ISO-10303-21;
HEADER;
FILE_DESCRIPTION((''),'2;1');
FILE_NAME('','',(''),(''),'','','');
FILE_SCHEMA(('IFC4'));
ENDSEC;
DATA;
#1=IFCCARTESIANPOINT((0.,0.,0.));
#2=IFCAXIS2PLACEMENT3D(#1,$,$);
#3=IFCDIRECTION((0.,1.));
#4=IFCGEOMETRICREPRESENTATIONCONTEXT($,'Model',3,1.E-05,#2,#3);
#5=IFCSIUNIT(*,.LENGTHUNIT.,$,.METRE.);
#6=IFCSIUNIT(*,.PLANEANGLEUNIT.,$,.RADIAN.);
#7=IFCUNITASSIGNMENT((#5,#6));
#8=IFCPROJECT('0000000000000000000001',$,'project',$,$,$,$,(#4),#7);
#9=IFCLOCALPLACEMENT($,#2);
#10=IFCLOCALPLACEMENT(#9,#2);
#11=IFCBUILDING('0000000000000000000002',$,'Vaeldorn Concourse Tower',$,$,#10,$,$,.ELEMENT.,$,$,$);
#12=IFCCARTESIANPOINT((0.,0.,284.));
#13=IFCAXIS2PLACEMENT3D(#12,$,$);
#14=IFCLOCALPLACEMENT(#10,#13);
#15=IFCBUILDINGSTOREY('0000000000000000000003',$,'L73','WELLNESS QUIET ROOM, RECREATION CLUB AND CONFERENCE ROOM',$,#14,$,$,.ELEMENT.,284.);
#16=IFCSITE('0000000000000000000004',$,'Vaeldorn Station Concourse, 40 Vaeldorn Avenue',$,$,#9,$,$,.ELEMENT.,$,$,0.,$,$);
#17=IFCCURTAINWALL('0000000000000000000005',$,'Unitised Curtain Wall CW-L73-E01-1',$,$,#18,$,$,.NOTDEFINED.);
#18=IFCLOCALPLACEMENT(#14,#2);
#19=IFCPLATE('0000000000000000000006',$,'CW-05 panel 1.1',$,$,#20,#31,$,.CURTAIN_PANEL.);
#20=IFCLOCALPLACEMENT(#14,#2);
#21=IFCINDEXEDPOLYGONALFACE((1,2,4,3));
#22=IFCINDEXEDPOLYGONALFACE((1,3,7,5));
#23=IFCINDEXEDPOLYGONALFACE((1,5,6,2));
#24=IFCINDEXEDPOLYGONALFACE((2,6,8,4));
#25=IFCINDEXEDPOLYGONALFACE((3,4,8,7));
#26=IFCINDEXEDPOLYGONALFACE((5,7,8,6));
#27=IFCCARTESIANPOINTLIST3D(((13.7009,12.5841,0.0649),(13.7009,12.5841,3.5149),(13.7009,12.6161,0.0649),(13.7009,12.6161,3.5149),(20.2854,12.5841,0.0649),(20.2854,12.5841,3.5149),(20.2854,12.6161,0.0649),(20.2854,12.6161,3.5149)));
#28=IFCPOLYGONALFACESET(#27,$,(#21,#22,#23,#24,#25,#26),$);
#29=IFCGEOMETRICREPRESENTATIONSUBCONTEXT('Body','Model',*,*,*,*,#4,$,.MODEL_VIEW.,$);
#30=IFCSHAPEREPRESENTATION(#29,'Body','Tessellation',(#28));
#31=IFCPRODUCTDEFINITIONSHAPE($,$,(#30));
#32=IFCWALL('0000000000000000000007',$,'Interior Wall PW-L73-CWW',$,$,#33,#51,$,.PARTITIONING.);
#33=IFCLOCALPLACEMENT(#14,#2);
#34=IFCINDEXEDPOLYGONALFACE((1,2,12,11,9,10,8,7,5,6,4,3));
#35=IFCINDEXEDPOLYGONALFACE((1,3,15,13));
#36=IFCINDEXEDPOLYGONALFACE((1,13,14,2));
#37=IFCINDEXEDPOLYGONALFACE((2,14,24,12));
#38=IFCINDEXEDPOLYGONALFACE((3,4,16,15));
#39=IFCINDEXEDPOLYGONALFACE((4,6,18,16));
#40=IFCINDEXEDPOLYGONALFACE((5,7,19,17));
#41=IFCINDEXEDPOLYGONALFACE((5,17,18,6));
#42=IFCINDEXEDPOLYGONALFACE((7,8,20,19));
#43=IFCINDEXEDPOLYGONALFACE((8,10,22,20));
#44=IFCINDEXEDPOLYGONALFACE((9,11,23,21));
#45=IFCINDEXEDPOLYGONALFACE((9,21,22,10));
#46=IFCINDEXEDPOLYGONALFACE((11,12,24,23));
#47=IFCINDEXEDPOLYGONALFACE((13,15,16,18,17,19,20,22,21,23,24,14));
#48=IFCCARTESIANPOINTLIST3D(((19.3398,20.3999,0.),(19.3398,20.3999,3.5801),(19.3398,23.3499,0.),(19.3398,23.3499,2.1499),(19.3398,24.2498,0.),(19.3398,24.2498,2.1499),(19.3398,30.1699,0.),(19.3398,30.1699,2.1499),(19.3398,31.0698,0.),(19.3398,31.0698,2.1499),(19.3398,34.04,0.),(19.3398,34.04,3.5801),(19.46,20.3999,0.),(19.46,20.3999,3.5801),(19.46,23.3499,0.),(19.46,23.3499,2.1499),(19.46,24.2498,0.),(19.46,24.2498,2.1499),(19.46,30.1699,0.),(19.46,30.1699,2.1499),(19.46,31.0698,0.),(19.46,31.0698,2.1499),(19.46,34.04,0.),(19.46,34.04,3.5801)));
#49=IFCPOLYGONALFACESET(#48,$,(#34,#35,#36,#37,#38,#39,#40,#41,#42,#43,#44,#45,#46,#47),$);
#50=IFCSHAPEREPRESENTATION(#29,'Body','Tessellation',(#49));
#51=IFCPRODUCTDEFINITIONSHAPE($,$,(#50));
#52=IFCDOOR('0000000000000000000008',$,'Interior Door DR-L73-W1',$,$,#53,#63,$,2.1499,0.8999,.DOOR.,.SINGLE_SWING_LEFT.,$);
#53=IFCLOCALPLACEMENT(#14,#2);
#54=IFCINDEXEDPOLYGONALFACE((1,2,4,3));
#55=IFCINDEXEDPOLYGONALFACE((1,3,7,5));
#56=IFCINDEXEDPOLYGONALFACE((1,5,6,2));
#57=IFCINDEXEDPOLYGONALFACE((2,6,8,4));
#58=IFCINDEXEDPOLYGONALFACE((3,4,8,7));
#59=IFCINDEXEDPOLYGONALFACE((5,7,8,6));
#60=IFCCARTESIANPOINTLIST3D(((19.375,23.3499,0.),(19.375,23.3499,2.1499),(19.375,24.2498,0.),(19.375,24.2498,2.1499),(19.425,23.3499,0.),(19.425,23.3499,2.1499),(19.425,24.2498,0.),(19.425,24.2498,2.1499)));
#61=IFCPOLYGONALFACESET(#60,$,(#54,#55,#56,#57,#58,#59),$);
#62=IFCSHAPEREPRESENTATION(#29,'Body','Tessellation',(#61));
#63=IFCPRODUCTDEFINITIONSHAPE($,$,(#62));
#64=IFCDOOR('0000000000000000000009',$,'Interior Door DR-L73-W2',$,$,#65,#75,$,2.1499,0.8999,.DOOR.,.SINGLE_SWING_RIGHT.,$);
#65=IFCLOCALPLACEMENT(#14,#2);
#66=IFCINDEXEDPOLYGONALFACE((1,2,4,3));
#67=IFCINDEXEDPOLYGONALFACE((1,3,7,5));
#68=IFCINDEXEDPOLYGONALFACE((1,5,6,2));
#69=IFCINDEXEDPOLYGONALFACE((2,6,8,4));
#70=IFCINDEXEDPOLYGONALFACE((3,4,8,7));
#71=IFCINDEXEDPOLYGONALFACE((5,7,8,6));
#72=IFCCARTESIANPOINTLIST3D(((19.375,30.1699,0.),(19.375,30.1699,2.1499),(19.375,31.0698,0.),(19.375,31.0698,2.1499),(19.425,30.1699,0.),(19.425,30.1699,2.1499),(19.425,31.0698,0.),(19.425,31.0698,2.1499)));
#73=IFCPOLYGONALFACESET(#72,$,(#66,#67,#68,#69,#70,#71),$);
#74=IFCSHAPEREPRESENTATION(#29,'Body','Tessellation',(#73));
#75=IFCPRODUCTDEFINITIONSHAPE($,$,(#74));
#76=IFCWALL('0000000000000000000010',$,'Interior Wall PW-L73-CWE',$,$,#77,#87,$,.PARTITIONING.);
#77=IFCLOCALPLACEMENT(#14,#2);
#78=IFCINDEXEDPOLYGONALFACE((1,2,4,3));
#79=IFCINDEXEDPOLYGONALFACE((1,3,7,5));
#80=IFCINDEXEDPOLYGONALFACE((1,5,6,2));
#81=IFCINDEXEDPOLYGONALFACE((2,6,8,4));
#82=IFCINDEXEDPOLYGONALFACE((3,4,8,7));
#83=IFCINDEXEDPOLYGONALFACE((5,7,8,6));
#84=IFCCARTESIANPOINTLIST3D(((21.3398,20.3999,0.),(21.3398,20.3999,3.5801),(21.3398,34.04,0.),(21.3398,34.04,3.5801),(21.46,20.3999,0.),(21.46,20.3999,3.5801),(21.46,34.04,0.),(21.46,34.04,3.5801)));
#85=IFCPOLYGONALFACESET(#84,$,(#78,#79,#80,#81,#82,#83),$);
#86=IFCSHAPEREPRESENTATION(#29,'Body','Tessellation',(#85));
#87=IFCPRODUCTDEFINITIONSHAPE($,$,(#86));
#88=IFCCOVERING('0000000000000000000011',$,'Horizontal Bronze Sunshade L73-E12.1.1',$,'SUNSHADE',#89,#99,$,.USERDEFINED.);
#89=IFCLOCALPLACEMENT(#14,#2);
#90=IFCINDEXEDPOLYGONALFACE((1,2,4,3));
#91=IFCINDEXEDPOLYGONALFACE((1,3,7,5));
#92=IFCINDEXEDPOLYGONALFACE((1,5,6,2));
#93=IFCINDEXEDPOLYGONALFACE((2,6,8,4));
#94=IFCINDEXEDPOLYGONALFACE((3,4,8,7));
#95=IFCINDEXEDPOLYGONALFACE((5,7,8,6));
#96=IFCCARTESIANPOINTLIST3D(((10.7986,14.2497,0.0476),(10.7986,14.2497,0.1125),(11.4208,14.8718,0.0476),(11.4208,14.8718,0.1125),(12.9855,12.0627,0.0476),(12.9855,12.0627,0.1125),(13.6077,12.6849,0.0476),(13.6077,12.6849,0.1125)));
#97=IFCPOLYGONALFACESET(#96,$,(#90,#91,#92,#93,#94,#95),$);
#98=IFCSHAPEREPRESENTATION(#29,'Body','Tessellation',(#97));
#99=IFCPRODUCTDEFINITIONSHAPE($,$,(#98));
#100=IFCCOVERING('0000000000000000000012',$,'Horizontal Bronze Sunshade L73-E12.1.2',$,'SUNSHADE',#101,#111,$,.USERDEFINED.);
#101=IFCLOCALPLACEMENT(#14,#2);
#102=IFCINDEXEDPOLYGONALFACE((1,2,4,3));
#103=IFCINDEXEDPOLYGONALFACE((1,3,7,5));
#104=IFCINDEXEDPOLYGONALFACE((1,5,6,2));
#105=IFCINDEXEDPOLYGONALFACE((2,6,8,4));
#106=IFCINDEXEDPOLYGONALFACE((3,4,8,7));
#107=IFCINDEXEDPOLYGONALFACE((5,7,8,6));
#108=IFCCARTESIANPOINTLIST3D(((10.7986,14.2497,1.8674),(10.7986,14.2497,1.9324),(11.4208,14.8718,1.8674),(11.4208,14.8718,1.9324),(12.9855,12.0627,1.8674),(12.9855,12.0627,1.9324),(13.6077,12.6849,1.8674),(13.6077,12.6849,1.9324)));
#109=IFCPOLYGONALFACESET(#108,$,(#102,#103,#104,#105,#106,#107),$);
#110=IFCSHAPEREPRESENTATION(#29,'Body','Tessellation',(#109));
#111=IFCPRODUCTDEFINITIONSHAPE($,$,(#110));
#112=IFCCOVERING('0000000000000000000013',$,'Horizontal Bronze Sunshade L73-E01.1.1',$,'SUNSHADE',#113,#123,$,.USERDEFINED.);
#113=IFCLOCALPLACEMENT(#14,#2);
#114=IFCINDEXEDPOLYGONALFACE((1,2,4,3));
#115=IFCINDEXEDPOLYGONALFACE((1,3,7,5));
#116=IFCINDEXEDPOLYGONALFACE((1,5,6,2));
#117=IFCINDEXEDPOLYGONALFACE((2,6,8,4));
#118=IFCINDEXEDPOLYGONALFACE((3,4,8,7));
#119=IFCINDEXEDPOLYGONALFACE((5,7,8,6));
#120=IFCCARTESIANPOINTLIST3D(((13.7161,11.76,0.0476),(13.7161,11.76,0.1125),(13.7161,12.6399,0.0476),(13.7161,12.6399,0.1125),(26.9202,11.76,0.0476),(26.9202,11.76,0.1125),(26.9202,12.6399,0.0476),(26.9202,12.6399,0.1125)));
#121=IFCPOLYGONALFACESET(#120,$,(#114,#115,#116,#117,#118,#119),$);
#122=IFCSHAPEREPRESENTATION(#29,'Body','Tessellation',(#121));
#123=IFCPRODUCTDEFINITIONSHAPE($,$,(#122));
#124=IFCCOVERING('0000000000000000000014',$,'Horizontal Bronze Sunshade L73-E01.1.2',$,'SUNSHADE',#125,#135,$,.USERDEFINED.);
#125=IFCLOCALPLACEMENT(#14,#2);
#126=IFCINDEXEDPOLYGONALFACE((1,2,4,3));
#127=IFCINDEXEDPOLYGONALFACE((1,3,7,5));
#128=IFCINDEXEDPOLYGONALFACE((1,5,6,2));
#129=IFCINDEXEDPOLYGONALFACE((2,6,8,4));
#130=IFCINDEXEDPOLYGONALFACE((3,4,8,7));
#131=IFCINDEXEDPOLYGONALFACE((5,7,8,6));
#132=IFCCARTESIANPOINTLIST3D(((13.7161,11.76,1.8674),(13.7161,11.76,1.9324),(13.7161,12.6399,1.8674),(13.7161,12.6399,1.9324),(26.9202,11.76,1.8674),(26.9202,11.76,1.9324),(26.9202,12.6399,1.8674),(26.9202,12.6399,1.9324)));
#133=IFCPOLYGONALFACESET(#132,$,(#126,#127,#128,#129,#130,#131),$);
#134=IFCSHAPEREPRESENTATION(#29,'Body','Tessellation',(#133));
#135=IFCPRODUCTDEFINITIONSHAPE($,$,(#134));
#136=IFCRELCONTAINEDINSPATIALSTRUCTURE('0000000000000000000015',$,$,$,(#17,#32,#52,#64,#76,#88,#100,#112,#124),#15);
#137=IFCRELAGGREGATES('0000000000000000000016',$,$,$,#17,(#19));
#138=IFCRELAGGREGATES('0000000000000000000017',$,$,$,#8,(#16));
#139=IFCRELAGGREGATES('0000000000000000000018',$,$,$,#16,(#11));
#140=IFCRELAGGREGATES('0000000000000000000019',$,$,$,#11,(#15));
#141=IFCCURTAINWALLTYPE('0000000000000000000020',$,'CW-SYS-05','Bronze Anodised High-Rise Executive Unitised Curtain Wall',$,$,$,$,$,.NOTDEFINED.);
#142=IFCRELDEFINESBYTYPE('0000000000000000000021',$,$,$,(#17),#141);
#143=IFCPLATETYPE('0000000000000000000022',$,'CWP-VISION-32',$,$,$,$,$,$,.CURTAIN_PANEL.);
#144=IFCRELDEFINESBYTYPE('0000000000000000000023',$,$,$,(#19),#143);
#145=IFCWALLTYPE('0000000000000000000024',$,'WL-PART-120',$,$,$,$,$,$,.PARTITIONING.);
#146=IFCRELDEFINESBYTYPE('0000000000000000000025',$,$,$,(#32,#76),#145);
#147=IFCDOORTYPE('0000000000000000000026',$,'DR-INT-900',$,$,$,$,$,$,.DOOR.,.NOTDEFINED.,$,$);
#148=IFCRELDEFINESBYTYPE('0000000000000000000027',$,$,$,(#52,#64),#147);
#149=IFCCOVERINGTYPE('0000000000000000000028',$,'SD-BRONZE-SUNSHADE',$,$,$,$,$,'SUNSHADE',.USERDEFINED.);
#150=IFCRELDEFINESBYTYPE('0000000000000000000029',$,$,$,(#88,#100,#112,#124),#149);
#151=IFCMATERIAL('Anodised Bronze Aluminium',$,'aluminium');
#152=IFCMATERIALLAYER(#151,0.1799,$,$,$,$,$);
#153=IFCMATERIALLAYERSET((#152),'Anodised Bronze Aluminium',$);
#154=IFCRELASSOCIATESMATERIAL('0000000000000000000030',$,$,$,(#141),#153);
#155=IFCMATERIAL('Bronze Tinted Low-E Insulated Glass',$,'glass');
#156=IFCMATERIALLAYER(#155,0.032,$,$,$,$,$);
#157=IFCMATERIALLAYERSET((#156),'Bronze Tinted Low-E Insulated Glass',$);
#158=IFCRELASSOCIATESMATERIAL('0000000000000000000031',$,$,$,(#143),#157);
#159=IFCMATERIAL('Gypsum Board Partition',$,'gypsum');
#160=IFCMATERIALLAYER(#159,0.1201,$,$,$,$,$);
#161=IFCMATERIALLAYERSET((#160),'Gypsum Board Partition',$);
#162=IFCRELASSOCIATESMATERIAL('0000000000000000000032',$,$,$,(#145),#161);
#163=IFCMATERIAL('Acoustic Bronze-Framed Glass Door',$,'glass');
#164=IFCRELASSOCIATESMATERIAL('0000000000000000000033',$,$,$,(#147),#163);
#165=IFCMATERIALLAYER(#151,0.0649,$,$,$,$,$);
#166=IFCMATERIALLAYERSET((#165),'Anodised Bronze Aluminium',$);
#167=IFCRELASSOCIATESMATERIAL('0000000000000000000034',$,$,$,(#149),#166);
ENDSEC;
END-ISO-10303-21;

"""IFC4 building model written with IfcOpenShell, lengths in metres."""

from ifc_helpers import new_model, si_unit, direction, frame, frame_2d, origin, origin_2d, place, context, subcontext, project, spatial, rectangle, extrude, source, transform, mapped, material, layer, layer_set, type_object, element, fill, aggregate, save


model = new_model("IFC4")

# Units and contexts
model_context = context("Model", 3, precision=1e-05, world=origin(), true_north=direction((0.0, 1.0)))
body_context = subcontext(model_context, "Body", "Model", "MODEL_VIEW")
ifc_project = project(units=[si_unit("LENGTHUNIT", "METRE"), si_unit("PLANEANGLEUNIT", "RADIAN")], contexts=[model_context])

# Site, building, storey
site_placement = place(None, origin())
site = spatial("IfcSite", under=ifc_project, at=site_placement, Name="Vaeldorn Station Concourse, 40 Vaeldorn Avenue", CompositionType="ELEMENT", RefElevation=0.0)
building_placement = place(site_placement, origin())
building = spatial("IfcBuilding", under=site, at=building_placement, Name="Vaeldorn Concourse Tower", CompositionType="ELEMENT")
storey_placement = place(building_placement, frame((0.0, 0.0, 284.0)))
storey = spatial("IfcBuildingStorey", under=building, at=storey_placement, Name="L73", Description="WELLNESS QUIET ROOM, RECREATION CLUB AND CONFERENCE ROOM", CompositionType="ELEMENT", Elevation=284.0)

# Curtain wall
ifc_material_1 = material(Name="Anodised Bronze Aluminium", Category="aluminium")
ifc_layer_1 = layer(ifc_material_1, 0.1799)
ifc_layer_set_1 = layer_set([ifc_layer_1], Name="Anodised Bronze Aluminium")
curtain_wall_type = type_object("IfcCurtainWallType", Name="CW-SYS-05", Description="Bronze Anodised High-Rise Executive Unitised Curtain Wall", PredefinedType="NOTDEFINED", material=ifc_layer_set_1)
curtain_wall_1_placement = place(storey_placement, origin())
curtain_wall_1 = element("IfcCurtainWall", 1, at=curtain_wall_1_placement, inside=storey, type_object=curtain_wall_type, Name="Unitised Curtain Wall CW-L73-E01-1", PredefinedType="NOTDEFINED")

# Plate
ifc_material_2 = material(Name="Bronze Tinted Low-E Insulated Glass", Category="glass")
ifc_layer_2 = layer(ifc_material_2, 0.032)
ifc_layer_set_2 = layer_set([ifc_layer_2], Name="Bronze Tinted Low-E Insulated Glass")
plate_type = type_object("IfcPlateType", Name="CWP-VISION-32", PredefinedType="CURTAIN_PANEL", material=ifc_layer_set_2)
shared_shape_1 = source(origin(), body_context, "Body", "SweptSolid", [
    extrude(rectangle(XDim=6.5845, YDim=0.032, at=origin_2d()), origin(), (0.0, 0.0, 1.0), 3.45),
])
plate_1_placement = place(storey_placement, frame((16.9932, 12.6001, 0.0649), z_axis=(0.0, 0.0, 1.0), x_axis=(1.0, 0.0, 0.0)))
plate_1 = element("IfcPlate", 2, at=plate_1_placement, type_object=plate_type, Name="CW-05 panel 1.1", PredefinedType="CURTAIN_PANEL", context=body_context, shape_type="MappedRepresentation", body=[
    mapped(shared_shape_1, transform((0.0, 0.0, 0.0), scale=1.0)),
])
aggregate(curtain_wall_1, [plate_1])

# Wall, openings, doors
ifc_material_3 = material(Name="Gypsum Board Partition", Category="gypsum")
ifc_layer_3 = layer(ifc_material_3, 0.1201)
ifc_layer_set_3 = layer_set([ifc_layer_3], Name="Gypsum Board Partition")
wall_type = type_object("IfcWallType", Name="WL-PART-120", PredefinedType="PARTITIONING", material=ifc_layer_set_3)
wall_1_placement = place(storey_placement, frame((19.3999, 20.3999, 0.0), z_axis=(0.0, 0.0, 1.0), x_axis=(0.0, 1.0, 0.0)))
wall_1 = element("IfcWall", 3, at=wall_1_placement, inside=storey, type_object=wall_type, Name="Interior Wall PW-L73-CWW", PredefinedType="PARTITIONING", context=body_context, shape_type="SweptSolid", body=[
    extrude(rectangle(XDim=13.6401, YDim=0.1201, at=frame_2d((6.8201, 0.0))), origin(), (0.0, 0.0, 1.0), 3.5801),
])
opening_1_placement = place(wall_1_placement, frame((2.95, 0.0, 0.0)))
opening_1 = element("IfcOpeningElement", 4, at=opening_1_placement, cuts=wall_1, PredefinedType="OPENING", context=body_context, shape_type="SweptSolid", body=[
    extrude(rectangle(XDim=0.8999, YDim=2.1499, at=frame_2d((0.45, 1.075))), frame((0.0, 0.0701, 0.0), z_axis=(0.0, -1.0, 0.0), x_axis=(1.0, 0.0, 0.0)), (0.0, 0.0, 1.0), 0.1401),
])
opening_2_placement = place(wall_1_placement, frame((9.77, 0.0, 0.0)))
opening_2 = element("IfcOpeningElement", 5, at=opening_2_placement, cuts=wall_1, PredefinedType="OPENING", context=body_context, shape_type="SweptSolid", body=[
    extrude(rectangle(XDim=0.8999, YDim=2.1499, at=frame_2d((0.45, 1.075))), frame((0.0, 0.0701, 0.0), z_axis=(0.0, -1.0, 0.0), x_axis=(1.0, 0.0, 0.0)), (0.0, 0.0, 1.0), 0.1401),
])
ifc_material_4 = material(Name="Acoustic Bronze-Framed Glass Door", Category="glass")
door_type = type_object("IfcDoorType", Name="DR-INT-900", OperationType="NOTDEFINED", PredefinedType="DOOR", material=ifc_material_4)
shared_shape_2 = source(origin(), body_context, "Body", "SweptSolid", [
    extrude(rectangle(XDim=0.8999, YDim=2.1499, at=frame_2d((0.45, 1.075))), frame((0.0, 0.0249, 0.0), z_axis=(0.0, -1.0, 0.0), x_axis=(1.0, 0.0, 0.0)), (0.0, 0.0, 1.0), 0.05),
])
door_1_placement = place(opening_1_placement, origin())
door_1 = element("IfcDoor", 6, at=door_1_placement, inside=storey, type_object=door_type, Name="Interior Door DR-L73-W1", OperationType="SINGLE_SWING_LEFT", OverallHeight=2.1499, OverallWidth=0.8999, PredefinedType="DOOR", context=body_context, shape_type="MappedRepresentation", body=[
    mapped(shared_shape_2, transform((0.0, 0.0, 0.0), scale=1.0)),
])
fill(opening_1, door_1)
door_2_placement = place(opening_2_placement, origin())
door_2 = element("IfcDoor", 7, at=door_2_placement, inside=storey, type_object=door_type, Name="Interior Door DR-L73-W2", OperationType="SINGLE_SWING_RIGHT", OverallHeight=2.1499, OverallWidth=0.8999, PredefinedType="DOOR", context=body_context, shape_type="MappedRepresentation", body=[
    mapped(shared_shape_2, transform((0.0, 0.0, 0.0), scale=1.0)),
])
fill(opening_2, door_2)

# Wall
wall_2_placement = place(storey_placement, frame((21.3999, 20.3999, 0.0), z_axis=(0.0, 0.0, 1.0), x_axis=(0.0, 1.0, 0.0)))
element("IfcWall", 8, at=wall_2_placement, inside=storey, type_object=wall_type, Name="Interior Wall PW-L73-CWE", PredefinedType="PARTITIONING", context=body_context, shape_type="SweptSolid", body=[
    extrude(rectangle(XDim=13.6401, YDim=0.1201, at=frame_2d((6.8201, 0.0))), origin(), (0.0, 0.0, 1.0), 3.5801),
])

# Coverings
ifc_layer_4 = layer(ifc_material_1, 0.0649)
ifc_layer_set_4 = layer_set([ifc_layer_4], Name="Anodised Bronze Aluminium")
covering_type = type_object("IfcCoveringType", Name="SD-BRONZE-SUNSHADE", ElementType="SUNSHADE", PredefinedType="USERDEFINED", material=ifc_layer_set_4)
shared_shape_3 = source(origin(), body_context, "Body", "SweptSolid", [
    extrude(rectangle(XDim=3.0928, YDim=0.8799, at=origin_2d()), origin(), (0.0, 0.0, 1.0), 0.0649),
])
for number, where, z_axis, x_axis, name in (
    (9, (12.2031, 13.4673, 0.0476), (0.0, 0.0, 1.0), (0.707107, -0.707107, 0.0), "Horizontal Bronze Sunshade L73-E12.1.1"),
    (10, (12.2031, 13.4673, 1.8674), (0.0, 0.0, 1.0), (0.707107, -0.707107, 0.0), "Horizontal Bronze Sunshade L73-E12.1.2"),
):
    element("IfcCovering", number, at=place(storey_placement, frame(where, z_axis=z_axis, x_axis=x_axis)), inside=storey, type_object=covering_type, Name=name, ObjectType="SUNSHADE", PredefinedType="USERDEFINED", context=body_context, shape_type="MappedRepresentation", body=[
        mapped(shared_shape_3, transform((0.0, 0.0, 0.0), scale=1.0)),
    ])
shared_shape_4 = source(origin(), body_context, "Body", "SweptSolid", [
    extrude(rectangle(XDim=13.2041, YDim=0.8799, at=origin_2d()), origin(), (0.0, 0.0, 1.0), 0.0649),
])
for number, where, z_axis, x_axis, name in (
    (11, (20.3181, 12.2, 0.0476), (0.0, 0.0, 1.0), (1.0, 0.0, 0.0), "Horizontal Bronze Sunshade L73-E01.1.1"),
    (12, (20.3181, 12.2, 1.8674), (0.0, 0.0, 1.0), (1.0, 0.0, 0.0), "Horizontal Bronze Sunshade L73-E01.1.2"),
):
    element("IfcCovering", number, at=place(storey_placement, frame(where, z_axis=z_axis, x_axis=x_axis)), inside=storey, type_object=covering_type, Name=name, ObjectType="SUNSHADE", PredefinedType="USERDEFINED", context=body_context, shape_type="MappedRepresentation", body=[
        mapped(shared_shape_4, transform((0.0, 0.0, 0.0), scale=1.0)),
    ])

save(model, "model.ifc")
